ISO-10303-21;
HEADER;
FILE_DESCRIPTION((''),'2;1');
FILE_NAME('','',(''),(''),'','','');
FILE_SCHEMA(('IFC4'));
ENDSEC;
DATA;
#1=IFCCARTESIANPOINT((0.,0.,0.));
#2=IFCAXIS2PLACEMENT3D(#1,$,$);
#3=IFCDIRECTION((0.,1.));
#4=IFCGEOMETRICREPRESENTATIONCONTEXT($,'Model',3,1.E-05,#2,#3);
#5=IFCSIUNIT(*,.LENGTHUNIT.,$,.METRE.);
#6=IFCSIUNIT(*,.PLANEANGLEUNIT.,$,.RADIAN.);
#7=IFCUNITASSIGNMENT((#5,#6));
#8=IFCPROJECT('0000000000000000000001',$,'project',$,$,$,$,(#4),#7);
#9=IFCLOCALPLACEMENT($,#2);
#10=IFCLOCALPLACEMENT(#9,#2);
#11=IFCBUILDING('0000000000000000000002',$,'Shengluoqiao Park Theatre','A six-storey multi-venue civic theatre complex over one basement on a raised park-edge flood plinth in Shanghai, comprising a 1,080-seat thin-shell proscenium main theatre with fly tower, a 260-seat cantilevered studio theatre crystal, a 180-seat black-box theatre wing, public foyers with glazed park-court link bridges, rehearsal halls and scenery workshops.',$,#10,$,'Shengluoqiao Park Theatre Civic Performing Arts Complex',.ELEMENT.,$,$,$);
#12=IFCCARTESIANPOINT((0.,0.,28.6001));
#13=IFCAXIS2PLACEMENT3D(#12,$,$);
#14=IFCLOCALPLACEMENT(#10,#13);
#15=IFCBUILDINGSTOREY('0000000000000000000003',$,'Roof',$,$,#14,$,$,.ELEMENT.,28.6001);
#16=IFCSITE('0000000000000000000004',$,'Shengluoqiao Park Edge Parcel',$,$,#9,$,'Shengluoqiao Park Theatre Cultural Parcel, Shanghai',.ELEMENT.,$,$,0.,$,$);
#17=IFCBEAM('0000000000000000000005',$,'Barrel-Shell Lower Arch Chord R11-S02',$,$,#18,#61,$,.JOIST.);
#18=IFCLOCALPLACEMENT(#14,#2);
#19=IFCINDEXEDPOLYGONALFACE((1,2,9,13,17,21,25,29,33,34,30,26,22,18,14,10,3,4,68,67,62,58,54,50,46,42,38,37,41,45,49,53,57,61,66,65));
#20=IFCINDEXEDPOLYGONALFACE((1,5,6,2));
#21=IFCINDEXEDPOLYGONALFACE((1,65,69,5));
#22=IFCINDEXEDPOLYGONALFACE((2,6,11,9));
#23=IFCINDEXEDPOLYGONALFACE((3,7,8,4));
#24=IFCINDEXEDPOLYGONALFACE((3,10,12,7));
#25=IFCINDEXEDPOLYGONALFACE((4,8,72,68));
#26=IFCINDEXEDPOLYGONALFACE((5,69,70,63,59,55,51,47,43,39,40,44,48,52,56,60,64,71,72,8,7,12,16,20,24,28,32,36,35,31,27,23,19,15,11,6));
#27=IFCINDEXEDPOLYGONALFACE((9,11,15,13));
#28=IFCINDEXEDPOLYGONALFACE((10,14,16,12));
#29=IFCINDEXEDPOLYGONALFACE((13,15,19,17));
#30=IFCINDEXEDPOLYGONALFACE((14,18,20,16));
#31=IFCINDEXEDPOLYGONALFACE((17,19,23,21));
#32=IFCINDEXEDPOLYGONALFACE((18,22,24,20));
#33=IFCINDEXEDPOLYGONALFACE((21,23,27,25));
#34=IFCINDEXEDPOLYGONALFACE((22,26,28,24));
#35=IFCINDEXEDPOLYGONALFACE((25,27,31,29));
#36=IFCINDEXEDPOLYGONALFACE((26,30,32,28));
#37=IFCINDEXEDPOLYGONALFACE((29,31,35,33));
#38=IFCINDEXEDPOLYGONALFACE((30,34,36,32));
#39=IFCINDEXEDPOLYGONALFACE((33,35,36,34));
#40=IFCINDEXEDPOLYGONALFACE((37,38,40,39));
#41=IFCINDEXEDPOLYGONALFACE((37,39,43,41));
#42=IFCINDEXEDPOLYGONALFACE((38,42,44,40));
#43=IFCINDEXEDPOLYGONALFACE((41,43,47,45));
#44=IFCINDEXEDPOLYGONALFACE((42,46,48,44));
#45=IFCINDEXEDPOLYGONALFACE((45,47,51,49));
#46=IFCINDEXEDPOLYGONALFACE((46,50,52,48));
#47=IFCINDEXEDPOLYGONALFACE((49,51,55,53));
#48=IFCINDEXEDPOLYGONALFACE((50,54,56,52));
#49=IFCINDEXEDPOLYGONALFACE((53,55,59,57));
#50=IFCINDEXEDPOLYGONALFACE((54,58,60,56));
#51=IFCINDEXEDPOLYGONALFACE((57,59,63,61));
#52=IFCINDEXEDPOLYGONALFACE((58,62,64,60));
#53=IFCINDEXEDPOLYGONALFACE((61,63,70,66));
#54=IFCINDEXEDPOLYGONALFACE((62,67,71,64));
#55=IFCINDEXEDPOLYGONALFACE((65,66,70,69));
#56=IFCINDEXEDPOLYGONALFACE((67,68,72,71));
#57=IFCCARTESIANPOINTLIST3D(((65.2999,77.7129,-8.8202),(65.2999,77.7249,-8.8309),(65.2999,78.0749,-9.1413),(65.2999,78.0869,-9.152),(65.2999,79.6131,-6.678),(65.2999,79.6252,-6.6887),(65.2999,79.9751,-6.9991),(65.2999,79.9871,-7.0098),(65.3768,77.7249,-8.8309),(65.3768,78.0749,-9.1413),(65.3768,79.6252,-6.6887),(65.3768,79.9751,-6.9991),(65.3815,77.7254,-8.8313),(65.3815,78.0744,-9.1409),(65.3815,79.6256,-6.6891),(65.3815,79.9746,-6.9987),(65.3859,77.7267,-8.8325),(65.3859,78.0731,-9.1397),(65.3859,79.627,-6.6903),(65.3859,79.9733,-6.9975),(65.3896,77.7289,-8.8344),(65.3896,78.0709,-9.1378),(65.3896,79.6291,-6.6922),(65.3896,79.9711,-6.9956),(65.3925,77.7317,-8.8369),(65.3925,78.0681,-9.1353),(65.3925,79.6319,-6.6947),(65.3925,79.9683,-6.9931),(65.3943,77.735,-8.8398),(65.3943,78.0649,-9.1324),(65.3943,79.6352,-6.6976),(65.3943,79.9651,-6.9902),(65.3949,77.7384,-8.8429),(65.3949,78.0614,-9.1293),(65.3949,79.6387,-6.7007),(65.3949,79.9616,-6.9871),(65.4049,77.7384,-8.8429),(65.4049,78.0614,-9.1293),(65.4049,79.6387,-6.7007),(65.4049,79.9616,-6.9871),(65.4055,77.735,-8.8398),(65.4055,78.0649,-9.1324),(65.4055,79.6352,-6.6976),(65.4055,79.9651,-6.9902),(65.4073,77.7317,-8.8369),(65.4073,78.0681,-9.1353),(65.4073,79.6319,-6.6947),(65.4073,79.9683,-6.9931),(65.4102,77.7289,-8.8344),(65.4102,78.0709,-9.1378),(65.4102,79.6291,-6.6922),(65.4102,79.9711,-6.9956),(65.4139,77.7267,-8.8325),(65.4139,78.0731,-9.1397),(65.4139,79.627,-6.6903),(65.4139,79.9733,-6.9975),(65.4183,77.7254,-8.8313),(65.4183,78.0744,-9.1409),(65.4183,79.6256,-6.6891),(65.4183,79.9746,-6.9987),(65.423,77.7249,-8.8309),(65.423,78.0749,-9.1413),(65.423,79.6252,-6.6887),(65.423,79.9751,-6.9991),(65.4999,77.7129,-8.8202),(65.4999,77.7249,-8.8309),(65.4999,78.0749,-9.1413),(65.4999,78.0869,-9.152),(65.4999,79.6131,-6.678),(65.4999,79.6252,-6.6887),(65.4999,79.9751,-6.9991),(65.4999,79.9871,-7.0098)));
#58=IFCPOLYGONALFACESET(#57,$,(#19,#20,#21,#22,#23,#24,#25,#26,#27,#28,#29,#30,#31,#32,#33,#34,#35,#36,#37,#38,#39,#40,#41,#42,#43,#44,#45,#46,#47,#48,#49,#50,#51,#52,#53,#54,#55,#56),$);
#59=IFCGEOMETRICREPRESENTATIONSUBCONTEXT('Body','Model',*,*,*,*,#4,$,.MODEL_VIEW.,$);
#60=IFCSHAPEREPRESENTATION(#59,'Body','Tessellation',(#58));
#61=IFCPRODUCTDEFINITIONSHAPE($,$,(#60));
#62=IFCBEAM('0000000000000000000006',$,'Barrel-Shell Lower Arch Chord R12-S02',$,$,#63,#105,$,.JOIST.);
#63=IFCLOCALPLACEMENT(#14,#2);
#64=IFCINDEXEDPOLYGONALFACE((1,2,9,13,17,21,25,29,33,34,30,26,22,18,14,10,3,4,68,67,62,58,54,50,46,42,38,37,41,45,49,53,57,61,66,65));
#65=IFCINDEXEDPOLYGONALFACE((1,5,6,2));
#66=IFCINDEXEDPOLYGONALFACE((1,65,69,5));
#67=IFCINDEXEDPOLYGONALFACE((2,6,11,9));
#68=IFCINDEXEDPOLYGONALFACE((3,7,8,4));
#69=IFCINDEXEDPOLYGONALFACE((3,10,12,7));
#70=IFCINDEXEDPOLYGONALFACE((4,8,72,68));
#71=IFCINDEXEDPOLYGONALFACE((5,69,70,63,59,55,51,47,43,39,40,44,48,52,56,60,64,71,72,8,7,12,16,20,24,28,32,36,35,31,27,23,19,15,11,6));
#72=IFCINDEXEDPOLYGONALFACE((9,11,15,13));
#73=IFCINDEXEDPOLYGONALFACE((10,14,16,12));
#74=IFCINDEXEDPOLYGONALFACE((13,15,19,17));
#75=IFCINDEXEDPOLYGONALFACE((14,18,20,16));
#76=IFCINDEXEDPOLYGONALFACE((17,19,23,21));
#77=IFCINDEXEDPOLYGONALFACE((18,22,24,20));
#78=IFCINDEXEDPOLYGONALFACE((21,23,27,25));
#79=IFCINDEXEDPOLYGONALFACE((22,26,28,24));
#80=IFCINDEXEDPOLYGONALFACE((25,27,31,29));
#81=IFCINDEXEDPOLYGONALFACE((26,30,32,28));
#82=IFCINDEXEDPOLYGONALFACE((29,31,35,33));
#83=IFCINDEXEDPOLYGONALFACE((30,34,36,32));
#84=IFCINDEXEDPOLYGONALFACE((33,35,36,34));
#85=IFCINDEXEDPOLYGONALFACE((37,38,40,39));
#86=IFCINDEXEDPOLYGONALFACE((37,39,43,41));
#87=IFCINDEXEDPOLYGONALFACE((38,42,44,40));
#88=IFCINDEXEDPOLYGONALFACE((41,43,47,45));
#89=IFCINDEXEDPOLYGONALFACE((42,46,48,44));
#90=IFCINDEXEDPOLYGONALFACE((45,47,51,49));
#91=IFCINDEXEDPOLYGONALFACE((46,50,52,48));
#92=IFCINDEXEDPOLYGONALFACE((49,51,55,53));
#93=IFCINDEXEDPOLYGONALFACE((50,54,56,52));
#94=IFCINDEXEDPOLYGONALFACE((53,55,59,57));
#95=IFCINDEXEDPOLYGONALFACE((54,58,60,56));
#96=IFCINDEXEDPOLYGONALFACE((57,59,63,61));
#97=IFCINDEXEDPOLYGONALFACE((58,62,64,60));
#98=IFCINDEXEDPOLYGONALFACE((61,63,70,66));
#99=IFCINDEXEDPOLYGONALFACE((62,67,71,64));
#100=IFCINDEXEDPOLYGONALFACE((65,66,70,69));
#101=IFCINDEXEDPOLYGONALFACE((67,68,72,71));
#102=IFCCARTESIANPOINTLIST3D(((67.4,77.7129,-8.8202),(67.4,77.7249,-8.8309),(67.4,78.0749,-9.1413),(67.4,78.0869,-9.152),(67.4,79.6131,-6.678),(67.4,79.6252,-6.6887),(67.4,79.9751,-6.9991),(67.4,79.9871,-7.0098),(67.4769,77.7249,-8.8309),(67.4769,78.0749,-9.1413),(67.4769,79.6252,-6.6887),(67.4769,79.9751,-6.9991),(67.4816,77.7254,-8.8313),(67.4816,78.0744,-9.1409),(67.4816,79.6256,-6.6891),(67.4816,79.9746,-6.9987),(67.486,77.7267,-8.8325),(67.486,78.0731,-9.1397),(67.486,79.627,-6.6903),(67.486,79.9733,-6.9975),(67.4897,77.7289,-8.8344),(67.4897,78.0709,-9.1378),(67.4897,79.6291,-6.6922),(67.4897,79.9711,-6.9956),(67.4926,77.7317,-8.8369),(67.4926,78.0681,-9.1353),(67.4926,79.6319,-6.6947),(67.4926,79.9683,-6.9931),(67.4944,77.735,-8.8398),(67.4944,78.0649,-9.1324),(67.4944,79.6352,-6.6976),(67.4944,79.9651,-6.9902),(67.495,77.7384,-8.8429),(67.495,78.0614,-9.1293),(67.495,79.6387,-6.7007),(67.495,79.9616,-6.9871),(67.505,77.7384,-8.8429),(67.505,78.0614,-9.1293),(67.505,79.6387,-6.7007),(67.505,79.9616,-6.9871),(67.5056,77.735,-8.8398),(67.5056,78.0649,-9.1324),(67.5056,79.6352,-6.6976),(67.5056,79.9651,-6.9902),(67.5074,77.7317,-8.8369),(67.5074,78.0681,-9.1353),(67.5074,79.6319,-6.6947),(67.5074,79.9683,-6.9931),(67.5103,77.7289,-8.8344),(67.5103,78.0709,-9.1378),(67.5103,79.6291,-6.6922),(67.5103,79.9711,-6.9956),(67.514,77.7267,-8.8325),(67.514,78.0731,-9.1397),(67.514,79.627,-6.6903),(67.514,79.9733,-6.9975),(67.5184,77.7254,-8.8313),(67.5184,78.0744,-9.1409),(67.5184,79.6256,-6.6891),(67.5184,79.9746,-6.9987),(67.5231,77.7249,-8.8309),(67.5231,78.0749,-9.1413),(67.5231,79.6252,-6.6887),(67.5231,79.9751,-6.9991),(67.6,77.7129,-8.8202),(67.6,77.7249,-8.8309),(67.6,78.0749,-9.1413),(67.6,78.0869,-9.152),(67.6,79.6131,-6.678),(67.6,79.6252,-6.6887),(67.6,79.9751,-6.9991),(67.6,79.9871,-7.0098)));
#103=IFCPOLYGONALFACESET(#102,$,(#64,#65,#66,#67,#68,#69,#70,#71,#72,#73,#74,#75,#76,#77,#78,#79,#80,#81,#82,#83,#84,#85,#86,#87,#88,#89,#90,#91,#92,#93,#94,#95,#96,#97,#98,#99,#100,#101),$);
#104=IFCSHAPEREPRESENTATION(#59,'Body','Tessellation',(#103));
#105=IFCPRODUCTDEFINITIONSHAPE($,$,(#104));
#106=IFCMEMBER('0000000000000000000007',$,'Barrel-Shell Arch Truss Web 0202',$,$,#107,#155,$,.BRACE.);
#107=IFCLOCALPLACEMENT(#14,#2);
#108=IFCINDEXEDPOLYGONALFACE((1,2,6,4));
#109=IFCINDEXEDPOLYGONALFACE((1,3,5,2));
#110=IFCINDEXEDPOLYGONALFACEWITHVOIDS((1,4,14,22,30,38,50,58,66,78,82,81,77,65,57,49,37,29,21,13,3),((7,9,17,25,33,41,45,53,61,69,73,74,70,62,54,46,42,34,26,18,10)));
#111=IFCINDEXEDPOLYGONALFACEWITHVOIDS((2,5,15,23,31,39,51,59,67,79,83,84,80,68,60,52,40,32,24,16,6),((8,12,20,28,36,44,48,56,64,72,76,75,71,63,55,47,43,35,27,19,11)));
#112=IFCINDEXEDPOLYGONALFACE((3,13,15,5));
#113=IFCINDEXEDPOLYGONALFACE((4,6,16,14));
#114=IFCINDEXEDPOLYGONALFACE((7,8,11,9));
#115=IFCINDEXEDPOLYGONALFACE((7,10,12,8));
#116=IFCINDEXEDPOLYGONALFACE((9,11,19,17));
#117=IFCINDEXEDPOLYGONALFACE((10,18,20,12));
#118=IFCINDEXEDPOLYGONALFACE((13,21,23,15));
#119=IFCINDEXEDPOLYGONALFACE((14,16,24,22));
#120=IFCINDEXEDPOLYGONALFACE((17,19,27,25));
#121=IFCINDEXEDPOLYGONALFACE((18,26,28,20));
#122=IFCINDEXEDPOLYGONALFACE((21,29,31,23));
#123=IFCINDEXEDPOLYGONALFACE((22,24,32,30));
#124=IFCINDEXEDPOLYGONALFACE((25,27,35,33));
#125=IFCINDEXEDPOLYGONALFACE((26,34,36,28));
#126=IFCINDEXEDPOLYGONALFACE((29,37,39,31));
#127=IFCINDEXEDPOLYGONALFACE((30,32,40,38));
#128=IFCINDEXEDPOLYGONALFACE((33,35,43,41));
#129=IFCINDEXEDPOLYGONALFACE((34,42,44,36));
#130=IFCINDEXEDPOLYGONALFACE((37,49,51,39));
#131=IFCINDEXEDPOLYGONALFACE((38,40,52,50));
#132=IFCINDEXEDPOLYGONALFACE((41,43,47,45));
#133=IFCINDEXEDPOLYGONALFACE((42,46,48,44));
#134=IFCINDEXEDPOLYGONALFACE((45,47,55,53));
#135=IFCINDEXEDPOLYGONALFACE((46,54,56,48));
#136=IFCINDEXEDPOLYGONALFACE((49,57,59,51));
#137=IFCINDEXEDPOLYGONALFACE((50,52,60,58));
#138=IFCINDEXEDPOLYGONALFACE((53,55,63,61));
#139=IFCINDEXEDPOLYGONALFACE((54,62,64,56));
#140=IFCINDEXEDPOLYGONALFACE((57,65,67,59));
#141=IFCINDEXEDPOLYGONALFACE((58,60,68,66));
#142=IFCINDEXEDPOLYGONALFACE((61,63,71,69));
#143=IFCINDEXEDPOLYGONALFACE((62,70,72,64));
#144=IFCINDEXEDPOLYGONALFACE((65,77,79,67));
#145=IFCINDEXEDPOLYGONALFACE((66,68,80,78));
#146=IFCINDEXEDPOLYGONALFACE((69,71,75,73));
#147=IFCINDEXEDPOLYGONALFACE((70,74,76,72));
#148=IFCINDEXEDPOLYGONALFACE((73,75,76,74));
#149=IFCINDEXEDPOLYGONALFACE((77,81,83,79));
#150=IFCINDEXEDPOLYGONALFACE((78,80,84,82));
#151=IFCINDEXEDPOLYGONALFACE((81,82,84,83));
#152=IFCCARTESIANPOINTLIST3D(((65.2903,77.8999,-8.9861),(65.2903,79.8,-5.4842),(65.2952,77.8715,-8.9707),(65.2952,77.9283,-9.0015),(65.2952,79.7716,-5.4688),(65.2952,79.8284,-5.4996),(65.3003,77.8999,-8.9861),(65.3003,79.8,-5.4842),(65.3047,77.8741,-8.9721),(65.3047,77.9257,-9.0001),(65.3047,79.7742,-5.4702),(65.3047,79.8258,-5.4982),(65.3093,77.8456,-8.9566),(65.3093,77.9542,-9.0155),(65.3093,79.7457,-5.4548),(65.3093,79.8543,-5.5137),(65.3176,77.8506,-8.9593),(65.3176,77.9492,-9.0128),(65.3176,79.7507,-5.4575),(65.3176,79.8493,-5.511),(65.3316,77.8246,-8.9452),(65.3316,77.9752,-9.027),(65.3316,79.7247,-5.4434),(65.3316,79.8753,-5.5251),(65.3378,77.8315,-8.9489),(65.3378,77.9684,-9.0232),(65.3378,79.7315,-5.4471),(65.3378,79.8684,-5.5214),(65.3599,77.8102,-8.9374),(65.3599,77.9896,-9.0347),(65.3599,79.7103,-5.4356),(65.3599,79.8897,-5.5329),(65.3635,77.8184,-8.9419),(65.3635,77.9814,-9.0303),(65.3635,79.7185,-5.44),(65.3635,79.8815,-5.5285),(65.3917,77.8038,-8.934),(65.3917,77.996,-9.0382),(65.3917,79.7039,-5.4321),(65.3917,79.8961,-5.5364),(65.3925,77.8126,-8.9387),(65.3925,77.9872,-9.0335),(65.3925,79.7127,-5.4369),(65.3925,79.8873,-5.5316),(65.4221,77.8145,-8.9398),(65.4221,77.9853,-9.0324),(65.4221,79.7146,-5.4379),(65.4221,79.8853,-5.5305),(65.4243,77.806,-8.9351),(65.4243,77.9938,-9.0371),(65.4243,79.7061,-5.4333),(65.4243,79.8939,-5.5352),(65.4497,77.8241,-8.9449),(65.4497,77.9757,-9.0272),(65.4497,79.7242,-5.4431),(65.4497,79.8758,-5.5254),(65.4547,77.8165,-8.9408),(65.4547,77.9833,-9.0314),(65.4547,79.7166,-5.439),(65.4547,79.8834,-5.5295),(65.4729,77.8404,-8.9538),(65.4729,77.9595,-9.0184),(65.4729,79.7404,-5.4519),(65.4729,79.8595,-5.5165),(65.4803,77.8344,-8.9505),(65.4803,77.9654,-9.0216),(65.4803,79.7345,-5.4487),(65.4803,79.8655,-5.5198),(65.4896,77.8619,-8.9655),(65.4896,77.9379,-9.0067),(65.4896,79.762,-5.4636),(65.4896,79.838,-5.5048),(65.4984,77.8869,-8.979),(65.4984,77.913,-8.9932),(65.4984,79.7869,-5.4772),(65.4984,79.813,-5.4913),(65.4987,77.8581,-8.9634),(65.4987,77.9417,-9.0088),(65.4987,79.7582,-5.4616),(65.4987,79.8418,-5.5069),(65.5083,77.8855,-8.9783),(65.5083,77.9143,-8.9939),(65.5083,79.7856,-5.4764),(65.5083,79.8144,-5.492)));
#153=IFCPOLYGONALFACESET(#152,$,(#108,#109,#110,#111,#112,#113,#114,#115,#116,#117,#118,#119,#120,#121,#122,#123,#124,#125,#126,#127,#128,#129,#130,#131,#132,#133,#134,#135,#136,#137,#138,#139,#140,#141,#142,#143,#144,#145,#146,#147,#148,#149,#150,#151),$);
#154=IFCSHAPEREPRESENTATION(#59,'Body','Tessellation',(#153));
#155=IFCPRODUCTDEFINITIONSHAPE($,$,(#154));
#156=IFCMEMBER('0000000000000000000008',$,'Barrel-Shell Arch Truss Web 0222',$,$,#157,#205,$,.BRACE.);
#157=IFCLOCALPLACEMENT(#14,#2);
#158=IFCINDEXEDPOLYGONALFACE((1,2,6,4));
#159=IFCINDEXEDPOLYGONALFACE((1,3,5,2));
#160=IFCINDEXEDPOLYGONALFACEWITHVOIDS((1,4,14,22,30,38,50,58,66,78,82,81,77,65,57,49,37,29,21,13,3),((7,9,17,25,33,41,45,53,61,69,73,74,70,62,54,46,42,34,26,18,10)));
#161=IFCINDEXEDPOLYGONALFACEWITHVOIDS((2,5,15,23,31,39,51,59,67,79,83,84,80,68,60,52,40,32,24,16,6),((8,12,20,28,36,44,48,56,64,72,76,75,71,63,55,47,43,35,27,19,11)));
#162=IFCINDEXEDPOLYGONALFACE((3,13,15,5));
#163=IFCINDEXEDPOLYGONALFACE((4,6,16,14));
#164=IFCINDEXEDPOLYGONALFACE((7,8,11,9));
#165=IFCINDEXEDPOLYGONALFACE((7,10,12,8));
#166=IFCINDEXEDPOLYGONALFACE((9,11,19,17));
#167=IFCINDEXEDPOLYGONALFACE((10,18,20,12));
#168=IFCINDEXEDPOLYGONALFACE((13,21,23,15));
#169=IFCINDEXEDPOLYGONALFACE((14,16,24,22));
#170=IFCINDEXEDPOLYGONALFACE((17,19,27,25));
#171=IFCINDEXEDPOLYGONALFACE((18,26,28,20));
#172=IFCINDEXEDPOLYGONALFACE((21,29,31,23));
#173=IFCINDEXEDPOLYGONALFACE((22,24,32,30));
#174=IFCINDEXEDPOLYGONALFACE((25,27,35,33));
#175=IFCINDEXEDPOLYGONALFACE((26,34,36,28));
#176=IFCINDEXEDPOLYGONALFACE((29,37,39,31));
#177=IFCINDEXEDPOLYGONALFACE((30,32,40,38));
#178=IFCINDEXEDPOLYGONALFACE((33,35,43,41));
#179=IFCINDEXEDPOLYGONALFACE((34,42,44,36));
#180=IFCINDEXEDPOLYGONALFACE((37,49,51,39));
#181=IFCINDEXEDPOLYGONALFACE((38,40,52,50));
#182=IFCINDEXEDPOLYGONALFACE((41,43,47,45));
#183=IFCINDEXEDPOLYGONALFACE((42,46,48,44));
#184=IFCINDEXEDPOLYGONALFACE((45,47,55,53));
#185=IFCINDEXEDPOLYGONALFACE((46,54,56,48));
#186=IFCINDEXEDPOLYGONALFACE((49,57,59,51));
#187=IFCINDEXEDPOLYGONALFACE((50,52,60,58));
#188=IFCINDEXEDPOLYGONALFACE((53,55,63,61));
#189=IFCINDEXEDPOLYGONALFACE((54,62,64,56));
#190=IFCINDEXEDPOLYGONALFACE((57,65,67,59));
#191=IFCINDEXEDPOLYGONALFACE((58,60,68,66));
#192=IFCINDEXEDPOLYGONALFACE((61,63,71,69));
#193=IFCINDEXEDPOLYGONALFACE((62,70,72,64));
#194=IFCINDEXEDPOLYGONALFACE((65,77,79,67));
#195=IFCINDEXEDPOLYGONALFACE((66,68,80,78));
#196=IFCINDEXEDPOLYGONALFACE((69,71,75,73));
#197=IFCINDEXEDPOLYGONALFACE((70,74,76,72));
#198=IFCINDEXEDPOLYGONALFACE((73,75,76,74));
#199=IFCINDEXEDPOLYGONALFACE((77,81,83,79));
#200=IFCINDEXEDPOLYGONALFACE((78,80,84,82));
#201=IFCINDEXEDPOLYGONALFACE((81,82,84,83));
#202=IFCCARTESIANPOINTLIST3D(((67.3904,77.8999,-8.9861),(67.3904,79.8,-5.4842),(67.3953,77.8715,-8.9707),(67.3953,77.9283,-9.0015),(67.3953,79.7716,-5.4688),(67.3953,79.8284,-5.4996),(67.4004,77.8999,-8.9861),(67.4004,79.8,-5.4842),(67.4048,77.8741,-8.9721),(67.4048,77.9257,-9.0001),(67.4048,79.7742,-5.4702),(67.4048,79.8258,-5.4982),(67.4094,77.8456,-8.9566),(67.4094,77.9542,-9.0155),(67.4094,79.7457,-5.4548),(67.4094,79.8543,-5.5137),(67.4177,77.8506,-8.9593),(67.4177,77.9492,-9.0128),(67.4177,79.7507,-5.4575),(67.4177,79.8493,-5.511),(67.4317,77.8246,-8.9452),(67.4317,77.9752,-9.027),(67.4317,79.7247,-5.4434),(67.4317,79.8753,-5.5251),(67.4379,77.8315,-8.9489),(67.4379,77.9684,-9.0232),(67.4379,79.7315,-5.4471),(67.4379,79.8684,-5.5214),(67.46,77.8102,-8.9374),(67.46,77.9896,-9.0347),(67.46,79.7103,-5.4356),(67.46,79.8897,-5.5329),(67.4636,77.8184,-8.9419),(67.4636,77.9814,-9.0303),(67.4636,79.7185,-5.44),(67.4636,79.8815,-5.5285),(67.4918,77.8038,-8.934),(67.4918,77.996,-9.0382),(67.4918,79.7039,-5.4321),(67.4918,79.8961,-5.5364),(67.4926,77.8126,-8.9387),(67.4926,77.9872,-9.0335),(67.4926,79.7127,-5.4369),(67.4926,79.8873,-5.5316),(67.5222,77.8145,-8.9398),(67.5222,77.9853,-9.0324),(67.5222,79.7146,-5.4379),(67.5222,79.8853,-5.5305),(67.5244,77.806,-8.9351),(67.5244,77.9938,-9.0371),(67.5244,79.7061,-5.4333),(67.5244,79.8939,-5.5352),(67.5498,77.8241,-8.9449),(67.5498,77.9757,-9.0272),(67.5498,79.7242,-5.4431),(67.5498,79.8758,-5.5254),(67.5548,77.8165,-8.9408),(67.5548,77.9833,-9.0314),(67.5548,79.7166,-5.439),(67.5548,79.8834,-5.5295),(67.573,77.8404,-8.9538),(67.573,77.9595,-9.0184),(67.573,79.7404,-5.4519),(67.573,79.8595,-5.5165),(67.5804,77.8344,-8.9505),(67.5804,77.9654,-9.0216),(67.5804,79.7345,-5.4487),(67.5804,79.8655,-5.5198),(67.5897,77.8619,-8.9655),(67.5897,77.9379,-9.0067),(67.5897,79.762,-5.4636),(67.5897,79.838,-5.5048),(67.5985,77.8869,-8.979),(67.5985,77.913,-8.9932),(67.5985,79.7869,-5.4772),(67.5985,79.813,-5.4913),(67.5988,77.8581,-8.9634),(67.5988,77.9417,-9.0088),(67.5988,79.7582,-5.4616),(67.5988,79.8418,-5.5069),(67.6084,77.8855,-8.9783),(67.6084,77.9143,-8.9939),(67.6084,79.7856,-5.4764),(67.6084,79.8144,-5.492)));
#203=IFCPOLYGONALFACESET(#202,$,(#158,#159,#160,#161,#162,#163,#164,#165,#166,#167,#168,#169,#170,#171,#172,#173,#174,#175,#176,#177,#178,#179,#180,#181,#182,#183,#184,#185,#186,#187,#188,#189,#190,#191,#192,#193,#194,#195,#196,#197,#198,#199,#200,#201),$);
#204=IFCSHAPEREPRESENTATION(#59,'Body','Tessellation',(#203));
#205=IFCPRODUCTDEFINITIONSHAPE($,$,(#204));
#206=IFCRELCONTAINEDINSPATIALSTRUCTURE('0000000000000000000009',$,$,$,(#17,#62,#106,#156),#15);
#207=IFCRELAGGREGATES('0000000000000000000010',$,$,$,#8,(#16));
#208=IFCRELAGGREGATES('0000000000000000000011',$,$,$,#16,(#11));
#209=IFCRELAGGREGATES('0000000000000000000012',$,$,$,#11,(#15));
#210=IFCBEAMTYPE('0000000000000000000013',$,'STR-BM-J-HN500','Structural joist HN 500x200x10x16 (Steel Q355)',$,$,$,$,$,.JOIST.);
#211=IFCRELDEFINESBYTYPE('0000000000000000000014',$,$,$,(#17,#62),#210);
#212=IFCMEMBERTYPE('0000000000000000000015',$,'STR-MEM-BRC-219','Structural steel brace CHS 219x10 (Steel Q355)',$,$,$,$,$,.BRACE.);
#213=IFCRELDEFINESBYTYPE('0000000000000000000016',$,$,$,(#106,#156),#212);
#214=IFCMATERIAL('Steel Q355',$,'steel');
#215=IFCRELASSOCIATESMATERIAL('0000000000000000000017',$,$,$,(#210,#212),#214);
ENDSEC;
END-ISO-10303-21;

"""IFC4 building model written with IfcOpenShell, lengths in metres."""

from ifc_helpers import new_model, si_unit, direction, frame, origin, origin_2d, place, context, subcontext, project, spatial, hollow_circle, i_section, extrude, material, material_profile, profile_set, type_object, element, save


model = new_model("IFC4")

# Units and contexts
model_context = context("Model", 3, precision=1e-05, world=origin(), true_north=direction((0.0, 1.0)))
body_context = subcontext(model_context, "Body", "Model", "MODEL_VIEW")
ifc_project = project(units=[si_unit("LENGTHUNIT", "METRE"), si_unit("PLANEANGLEUNIT", "RADIAN")], contexts=[model_context])

# Site, building, storey
site_placement = place(None, origin())
site = spatial("IfcSite", under=ifc_project, at=site_placement, Name="Shengluoqiao Park Edge Parcel", LongName="Shengluoqiao Park Theatre Cultural Parcel, Shanghai", CompositionType="ELEMENT", RefElevation=0.0)
building_placement = place(site_placement, origin())
building = spatial("IfcBuilding", under=site, at=building_placement, Name="Shengluoqiao Park Theatre", Description="A six-storey multi-venue civic theatre complex over one basement on a raised park-edge flood plinth in Shanghai, comprising a 1,080-seat thin-shell proscenium main theatre with fly tower, a 260-seat cantilevered studio theatre crystal, a 180-seat black-box theatre wing, public foyers with glazed park-court link bridges, rehearsal halls and scenery workshops.", LongName="Shengluoqiao Park Theatre Civic Performing Arts Complex", CompositionType="ELEMENT")
storey_placement = place(building_placement, frame((0.0, 0.0, 28.6001)))
storey = spatial("IfcBuildingStorey", under=building, at=storey_placement, Name="Roof", CompositionType="ELEMENT", Elevation=28.6001)

# Beams
ifc_material_1 = material(Name="Steel Q355", Category="steel")
ifc_material_profile_1 = material_profile(ifc_material_1, i_section(OverallWidth=0.2, OverallDepth=0.5, WebThickness=0.01, FlangeThickness=0.0161, FilletRadius=0.0181, at=origin_2d()), Name="HN 500x200x10x16")
ifc_profile_set_1 = profile_set([ifc_material_profile_1], Name="Steel Q355")
beam_type_1 = type_object("IfcBeamType", Name="STR-BM-J-HN500", Description="Structural joist HN 500x200x10x16 (Steel Q355)", PredefinedType="JOIST", material=ifc_profile_set_1)
for number, where, z_axis, x_axis, name in (
    (1, (65.3999, 77.8999, -8.9861), (0.0, 0.663596, 0.748091), (-1.0, 0.0, 0.0), "Barrel-Shell Lower Arch Chord R11-S02"),
    (2, (67.5, 77.8999, -8.9861), (0.0, 0.663596, 0.748091), (-1.0, 0.0, 0.0), "Barrel-Shell Lower Arch Chord R12-S02"),
):
    element("IfcBeam", number, at=place(storey_placement, frame(where, z_axis=z_axis, x_axis=x_axis)), inside=storey, type_object=beam_type_1, Name=name, PredefinedType="JOIST", context=body_context, shape_type="SweptSolid", body=[
        extrude(i_section(OverallWidth=0.2, OverallDepth=0.5, WebThickness=0.01, FlangeThickness=0.0161, FilletRadius=0.0181, at=origin_2d()), origin(), (0.0, 0.0, 1.0), 2.8635),
    ])

# Members
ifc_material_profile_2 = material_profile(ifc_material_1, hollow_circle(Radius=0.1096, WallThickness=0.01, at=origin_2d()), Name="CHS 219x10")
ifc_profile_set_2 = profile_set([ifc_material_profile_2], Name="Steel Q355")
member_type_1 = type_object("IfcMemberType", Name="STR-MEM-BRC-219", Description="Structural steel brace CHS 219x10 (Steel Q355)", PredefinedType="BRACE", material=ifc_profile_set_2)
for number, where, z_axis, x_axis, name in (
    (3, (65.3999, 77.8999, -8.9861), (0.0, 0.476915, 0.87895), (-1.0, 0.0, 0.0), "Barrel-Shell Arch Truss Web 0202"),
    (4, (67.5, 77.8999, -8.9861), (0.0, 0.476915, 0.87895), (-1.0, 0.0, 0.0), "Barrel-Shell Arch Truss Web 0222"),
):
    element("IfcMember", number, at=place(storey_placement, frame(where, z_axis=z_axis, x_axis=x_axis)), inside=storey, type_object=member_type_1, Name=name, PredefinedType="BRACE", context=body_context, shape_type="SweptSolid", body=[
        extrude(hollow_circle(Radius=0.1096, WallThickness=0.01, at=origin_2d()), origin(), (0.0, 0.0, 1.0), 3.9841),
    ])

save(model, "model.ifc")
